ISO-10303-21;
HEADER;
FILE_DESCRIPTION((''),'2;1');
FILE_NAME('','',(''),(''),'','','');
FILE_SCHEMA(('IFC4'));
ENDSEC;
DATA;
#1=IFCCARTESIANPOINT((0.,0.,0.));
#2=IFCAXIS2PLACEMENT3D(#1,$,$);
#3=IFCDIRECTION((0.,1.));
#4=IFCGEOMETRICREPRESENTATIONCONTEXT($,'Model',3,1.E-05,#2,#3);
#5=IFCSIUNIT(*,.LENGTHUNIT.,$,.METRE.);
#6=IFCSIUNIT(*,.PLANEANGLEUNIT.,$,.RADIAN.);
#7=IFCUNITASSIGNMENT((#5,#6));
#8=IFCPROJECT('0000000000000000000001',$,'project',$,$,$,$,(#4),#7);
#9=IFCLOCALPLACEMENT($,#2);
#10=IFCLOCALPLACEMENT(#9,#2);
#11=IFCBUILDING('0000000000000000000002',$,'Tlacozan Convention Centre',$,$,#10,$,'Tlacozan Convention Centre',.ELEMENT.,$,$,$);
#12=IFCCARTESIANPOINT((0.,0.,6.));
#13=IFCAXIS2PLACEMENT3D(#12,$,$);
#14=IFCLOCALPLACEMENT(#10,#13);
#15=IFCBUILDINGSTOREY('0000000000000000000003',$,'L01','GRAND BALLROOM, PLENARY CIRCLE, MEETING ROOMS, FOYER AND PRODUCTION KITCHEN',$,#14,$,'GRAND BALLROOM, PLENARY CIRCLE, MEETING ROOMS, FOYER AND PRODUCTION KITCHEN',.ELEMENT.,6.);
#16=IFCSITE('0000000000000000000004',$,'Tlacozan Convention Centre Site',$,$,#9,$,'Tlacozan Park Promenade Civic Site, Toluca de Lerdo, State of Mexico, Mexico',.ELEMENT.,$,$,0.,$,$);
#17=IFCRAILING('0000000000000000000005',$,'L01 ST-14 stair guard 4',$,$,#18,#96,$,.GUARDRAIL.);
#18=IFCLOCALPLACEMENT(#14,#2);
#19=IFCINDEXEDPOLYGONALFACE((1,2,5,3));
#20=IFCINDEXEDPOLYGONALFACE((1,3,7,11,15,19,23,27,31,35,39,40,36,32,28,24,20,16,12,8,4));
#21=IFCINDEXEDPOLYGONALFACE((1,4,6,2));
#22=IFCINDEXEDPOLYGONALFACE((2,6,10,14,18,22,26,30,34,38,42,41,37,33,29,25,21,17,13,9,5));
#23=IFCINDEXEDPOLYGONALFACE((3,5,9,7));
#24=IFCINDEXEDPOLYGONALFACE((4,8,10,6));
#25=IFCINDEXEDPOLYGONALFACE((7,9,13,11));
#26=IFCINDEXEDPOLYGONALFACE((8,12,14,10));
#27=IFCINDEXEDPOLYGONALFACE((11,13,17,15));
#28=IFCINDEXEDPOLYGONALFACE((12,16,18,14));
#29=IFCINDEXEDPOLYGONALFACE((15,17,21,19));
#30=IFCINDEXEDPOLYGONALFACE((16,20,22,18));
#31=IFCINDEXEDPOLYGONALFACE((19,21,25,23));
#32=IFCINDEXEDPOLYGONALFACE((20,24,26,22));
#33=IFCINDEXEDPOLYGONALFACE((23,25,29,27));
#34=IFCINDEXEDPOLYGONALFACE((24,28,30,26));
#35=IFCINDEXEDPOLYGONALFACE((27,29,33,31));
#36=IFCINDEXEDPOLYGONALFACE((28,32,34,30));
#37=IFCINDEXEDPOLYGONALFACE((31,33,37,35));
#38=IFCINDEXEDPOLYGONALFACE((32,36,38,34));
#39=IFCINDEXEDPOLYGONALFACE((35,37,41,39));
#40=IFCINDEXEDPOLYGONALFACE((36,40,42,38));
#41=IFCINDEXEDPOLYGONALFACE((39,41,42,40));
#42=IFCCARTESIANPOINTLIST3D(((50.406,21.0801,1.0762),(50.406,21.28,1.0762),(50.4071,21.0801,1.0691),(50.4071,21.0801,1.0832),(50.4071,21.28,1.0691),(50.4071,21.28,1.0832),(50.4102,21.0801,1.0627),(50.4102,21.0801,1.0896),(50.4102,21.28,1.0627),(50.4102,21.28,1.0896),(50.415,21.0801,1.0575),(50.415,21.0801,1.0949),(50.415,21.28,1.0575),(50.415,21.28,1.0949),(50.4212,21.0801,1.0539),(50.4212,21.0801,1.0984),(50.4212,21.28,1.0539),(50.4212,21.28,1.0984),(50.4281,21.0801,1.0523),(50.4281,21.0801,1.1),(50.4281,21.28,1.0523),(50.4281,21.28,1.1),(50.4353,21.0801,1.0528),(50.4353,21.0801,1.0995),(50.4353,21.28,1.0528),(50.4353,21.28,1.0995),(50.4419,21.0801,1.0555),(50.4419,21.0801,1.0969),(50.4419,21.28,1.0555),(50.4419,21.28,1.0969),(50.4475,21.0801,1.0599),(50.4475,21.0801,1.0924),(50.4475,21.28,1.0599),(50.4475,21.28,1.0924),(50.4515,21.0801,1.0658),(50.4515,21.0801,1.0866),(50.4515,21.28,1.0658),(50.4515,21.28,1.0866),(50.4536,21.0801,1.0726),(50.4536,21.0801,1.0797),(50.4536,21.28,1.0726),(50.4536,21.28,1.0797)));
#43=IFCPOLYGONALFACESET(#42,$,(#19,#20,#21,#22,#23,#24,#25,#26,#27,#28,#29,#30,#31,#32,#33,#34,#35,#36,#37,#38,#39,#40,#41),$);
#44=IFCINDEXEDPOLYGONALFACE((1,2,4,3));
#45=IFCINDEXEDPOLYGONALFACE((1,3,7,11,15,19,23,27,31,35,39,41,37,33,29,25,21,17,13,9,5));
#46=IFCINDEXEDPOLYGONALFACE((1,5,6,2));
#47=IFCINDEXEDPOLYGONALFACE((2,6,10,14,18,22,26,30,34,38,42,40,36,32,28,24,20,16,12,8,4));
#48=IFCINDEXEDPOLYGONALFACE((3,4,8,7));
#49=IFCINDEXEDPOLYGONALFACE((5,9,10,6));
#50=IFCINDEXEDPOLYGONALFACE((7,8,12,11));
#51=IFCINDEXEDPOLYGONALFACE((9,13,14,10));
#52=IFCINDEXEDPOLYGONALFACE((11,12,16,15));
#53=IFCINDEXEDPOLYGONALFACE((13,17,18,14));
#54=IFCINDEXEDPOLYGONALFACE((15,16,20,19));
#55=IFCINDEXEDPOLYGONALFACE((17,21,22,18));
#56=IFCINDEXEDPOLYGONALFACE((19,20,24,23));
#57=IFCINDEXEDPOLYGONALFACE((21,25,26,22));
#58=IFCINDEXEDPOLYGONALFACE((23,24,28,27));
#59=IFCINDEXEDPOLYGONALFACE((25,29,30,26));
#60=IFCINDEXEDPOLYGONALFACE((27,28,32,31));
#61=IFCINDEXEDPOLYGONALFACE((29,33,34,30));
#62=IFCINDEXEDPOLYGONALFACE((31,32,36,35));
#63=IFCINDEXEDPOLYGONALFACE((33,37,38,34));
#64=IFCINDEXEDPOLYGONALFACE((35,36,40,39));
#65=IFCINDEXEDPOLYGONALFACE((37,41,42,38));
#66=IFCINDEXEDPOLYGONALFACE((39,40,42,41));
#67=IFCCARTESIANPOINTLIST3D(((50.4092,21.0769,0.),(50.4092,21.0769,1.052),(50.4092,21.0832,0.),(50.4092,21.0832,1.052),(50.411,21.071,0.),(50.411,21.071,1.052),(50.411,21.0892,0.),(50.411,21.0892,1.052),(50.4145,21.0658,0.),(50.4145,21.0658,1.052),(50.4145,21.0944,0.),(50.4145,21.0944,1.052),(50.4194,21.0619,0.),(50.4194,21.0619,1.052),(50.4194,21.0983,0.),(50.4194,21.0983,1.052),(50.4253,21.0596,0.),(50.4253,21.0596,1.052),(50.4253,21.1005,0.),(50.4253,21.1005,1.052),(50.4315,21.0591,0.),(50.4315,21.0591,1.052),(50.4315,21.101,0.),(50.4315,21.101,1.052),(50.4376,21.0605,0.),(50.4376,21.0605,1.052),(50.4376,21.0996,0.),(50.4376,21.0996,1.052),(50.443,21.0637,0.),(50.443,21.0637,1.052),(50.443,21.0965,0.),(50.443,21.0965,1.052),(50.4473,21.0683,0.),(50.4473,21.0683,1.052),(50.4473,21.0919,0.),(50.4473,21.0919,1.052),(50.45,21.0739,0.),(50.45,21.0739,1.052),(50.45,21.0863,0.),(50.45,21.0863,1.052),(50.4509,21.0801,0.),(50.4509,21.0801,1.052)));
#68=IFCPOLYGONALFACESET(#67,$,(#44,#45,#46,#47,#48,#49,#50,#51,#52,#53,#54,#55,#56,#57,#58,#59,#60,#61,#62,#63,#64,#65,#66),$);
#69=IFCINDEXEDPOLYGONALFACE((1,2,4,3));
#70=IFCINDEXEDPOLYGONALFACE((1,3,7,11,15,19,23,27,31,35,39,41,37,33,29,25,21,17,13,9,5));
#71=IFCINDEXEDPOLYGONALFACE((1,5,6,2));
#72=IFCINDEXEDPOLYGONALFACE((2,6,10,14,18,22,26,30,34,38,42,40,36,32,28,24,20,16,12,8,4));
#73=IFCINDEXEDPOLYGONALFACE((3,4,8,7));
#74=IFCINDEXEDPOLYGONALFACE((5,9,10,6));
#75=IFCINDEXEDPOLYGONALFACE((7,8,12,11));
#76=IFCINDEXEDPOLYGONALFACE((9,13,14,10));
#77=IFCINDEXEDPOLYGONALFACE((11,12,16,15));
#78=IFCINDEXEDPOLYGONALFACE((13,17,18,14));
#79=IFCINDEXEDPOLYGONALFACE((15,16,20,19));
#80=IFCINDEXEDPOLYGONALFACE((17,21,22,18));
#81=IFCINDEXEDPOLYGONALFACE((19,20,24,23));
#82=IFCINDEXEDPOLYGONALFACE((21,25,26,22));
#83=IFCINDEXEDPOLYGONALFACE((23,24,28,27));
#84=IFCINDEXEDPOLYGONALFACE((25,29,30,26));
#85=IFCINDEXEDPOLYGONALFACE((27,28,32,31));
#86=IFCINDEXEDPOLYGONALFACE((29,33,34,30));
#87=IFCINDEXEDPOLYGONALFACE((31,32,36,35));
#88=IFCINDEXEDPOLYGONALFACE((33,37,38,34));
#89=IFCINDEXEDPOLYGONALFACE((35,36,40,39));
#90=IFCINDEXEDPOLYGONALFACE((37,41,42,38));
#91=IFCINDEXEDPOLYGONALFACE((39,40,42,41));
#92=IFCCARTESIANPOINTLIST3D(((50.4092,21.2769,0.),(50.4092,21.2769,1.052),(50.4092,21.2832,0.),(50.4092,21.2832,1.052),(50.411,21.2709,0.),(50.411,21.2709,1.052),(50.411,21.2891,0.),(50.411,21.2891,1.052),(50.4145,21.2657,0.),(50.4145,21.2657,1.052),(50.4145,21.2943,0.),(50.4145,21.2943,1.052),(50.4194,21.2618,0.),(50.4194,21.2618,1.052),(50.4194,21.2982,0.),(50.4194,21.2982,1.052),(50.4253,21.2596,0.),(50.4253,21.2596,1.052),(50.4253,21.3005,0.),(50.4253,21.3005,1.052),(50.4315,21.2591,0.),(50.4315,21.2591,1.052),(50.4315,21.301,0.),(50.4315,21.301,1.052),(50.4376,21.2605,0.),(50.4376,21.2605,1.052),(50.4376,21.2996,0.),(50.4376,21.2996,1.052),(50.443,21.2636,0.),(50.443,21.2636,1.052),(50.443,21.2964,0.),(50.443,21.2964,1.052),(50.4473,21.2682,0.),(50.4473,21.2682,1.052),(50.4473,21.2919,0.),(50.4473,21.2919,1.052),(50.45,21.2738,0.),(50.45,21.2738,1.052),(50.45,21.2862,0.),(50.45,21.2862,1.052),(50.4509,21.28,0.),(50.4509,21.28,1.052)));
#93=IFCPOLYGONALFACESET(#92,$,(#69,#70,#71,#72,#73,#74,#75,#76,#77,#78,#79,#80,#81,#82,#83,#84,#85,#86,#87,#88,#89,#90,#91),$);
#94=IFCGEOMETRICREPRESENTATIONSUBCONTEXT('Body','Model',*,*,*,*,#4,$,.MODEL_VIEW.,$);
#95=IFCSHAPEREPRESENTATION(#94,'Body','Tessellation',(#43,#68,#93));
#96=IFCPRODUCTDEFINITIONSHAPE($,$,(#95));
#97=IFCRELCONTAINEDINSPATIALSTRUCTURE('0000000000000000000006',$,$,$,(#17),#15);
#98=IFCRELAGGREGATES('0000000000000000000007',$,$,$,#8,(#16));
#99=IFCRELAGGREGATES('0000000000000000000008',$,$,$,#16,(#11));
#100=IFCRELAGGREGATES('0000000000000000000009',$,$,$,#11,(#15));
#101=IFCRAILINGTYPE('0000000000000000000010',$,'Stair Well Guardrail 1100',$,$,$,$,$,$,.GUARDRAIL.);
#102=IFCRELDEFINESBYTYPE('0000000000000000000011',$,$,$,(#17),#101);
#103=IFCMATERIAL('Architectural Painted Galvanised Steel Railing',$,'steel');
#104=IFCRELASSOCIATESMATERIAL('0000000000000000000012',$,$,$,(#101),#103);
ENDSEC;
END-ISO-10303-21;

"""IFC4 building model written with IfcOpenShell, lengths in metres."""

from ifc_helpers import new_model, si_unit, direction, frame, origin, origin_2d, place, context, subcontext, project, spatial, circle, extrude, material, type_object, element, save


model = new_model("IFC4")

# Units and contexts
model_context = context("Model", 3, precision=1e-05, world=origin(), true_north=direction((0.0, 1.0)))
body_context = subcontext(model_context, "Body", "Model", "MODEL_VIEW")
ifc_project = project(units=[si_unit("LENGTHUNIT", "METRE"), si_unit("PLANEANGLEUNIT", "RADIAN")], contexts=[model_context])

# Site, building, storey
site_placement = place(None, origin())
site = spatial("IfcSite", under=ifc_project, at=site_placement, Name="Tlacozan Convention Centre Site", LongName="Tlacozan Park Promenade Civic Site, Toluca de Lerdo, State of Mexico, Mexico", CompositionType="ELEMENT", RefElevation=0.0)
building_placement = place(site_placement, origin())
building = spatial("IfcBuilding", under=site, at=building_placement, Name="Tlacozan Convention Centre", LongName="Tlacozan Convention Centre", CompositionType="ELEMENT")
storey_placement = place(building_placement, frame((0.0, 0.0, 6.0)))
storey = spatial("IfcBuildingStorey", under=building, at=storey_placement, Name="L01", Description="GRAND BALLROOM, PLENARY CIRCLE, MEETING ROOMS, FOYER AND PRODUCTION KITCHEN", LongName="GRAND BALLROOM, PLENARY CIRCLE, MEETING ROOMS, FOYER AND PRODUCTION KITCHEN", CompositionType="ELEMENT", Elevation=6.0)

# Railing
ifc_material_1 = material(Name="Architectural Painted Galvanised Steel Railing", Category="steel")
railing_type_1 = type_object("IfcRailingType", Name="Stair Well Guardrail 1100", PredefinedType="GUARDRAIL", material=ifc_material_1)
railing_1_placement = place(storey_placement, frame((50.4299, 21.0801, 0.0)))
element("IfcRailing", 1, at=railing_1_placement, inside=storey, type_object=railing_type_1, Name="L01 ST-14 stair guard 4", PredefinedType="GUARDRAIL", context=body_context, shape_type="SweptSolid", body=[
    extrude(circle(Radius=0.0239, at=origin_2d()), frame((0.0, 0.0, 1.0762), z_axis=(0.0, 1.0, 0.0), x_axis=(-1.0, 0.0, 0.0)), (0.0, 0.0, 1.0), 0.2),
    extrude(circle(Radius=0.021, at=origin_2d()), origin(), (0.0, 0.0, 1.0), 1.052),
    extrude(circle(Radius=0.021, at=origin_2d()), frame((0.0, 0.2, 0.0)), (0.0, 0.0, 1.0), 1.052),
])

save(model, "model.ifc")
